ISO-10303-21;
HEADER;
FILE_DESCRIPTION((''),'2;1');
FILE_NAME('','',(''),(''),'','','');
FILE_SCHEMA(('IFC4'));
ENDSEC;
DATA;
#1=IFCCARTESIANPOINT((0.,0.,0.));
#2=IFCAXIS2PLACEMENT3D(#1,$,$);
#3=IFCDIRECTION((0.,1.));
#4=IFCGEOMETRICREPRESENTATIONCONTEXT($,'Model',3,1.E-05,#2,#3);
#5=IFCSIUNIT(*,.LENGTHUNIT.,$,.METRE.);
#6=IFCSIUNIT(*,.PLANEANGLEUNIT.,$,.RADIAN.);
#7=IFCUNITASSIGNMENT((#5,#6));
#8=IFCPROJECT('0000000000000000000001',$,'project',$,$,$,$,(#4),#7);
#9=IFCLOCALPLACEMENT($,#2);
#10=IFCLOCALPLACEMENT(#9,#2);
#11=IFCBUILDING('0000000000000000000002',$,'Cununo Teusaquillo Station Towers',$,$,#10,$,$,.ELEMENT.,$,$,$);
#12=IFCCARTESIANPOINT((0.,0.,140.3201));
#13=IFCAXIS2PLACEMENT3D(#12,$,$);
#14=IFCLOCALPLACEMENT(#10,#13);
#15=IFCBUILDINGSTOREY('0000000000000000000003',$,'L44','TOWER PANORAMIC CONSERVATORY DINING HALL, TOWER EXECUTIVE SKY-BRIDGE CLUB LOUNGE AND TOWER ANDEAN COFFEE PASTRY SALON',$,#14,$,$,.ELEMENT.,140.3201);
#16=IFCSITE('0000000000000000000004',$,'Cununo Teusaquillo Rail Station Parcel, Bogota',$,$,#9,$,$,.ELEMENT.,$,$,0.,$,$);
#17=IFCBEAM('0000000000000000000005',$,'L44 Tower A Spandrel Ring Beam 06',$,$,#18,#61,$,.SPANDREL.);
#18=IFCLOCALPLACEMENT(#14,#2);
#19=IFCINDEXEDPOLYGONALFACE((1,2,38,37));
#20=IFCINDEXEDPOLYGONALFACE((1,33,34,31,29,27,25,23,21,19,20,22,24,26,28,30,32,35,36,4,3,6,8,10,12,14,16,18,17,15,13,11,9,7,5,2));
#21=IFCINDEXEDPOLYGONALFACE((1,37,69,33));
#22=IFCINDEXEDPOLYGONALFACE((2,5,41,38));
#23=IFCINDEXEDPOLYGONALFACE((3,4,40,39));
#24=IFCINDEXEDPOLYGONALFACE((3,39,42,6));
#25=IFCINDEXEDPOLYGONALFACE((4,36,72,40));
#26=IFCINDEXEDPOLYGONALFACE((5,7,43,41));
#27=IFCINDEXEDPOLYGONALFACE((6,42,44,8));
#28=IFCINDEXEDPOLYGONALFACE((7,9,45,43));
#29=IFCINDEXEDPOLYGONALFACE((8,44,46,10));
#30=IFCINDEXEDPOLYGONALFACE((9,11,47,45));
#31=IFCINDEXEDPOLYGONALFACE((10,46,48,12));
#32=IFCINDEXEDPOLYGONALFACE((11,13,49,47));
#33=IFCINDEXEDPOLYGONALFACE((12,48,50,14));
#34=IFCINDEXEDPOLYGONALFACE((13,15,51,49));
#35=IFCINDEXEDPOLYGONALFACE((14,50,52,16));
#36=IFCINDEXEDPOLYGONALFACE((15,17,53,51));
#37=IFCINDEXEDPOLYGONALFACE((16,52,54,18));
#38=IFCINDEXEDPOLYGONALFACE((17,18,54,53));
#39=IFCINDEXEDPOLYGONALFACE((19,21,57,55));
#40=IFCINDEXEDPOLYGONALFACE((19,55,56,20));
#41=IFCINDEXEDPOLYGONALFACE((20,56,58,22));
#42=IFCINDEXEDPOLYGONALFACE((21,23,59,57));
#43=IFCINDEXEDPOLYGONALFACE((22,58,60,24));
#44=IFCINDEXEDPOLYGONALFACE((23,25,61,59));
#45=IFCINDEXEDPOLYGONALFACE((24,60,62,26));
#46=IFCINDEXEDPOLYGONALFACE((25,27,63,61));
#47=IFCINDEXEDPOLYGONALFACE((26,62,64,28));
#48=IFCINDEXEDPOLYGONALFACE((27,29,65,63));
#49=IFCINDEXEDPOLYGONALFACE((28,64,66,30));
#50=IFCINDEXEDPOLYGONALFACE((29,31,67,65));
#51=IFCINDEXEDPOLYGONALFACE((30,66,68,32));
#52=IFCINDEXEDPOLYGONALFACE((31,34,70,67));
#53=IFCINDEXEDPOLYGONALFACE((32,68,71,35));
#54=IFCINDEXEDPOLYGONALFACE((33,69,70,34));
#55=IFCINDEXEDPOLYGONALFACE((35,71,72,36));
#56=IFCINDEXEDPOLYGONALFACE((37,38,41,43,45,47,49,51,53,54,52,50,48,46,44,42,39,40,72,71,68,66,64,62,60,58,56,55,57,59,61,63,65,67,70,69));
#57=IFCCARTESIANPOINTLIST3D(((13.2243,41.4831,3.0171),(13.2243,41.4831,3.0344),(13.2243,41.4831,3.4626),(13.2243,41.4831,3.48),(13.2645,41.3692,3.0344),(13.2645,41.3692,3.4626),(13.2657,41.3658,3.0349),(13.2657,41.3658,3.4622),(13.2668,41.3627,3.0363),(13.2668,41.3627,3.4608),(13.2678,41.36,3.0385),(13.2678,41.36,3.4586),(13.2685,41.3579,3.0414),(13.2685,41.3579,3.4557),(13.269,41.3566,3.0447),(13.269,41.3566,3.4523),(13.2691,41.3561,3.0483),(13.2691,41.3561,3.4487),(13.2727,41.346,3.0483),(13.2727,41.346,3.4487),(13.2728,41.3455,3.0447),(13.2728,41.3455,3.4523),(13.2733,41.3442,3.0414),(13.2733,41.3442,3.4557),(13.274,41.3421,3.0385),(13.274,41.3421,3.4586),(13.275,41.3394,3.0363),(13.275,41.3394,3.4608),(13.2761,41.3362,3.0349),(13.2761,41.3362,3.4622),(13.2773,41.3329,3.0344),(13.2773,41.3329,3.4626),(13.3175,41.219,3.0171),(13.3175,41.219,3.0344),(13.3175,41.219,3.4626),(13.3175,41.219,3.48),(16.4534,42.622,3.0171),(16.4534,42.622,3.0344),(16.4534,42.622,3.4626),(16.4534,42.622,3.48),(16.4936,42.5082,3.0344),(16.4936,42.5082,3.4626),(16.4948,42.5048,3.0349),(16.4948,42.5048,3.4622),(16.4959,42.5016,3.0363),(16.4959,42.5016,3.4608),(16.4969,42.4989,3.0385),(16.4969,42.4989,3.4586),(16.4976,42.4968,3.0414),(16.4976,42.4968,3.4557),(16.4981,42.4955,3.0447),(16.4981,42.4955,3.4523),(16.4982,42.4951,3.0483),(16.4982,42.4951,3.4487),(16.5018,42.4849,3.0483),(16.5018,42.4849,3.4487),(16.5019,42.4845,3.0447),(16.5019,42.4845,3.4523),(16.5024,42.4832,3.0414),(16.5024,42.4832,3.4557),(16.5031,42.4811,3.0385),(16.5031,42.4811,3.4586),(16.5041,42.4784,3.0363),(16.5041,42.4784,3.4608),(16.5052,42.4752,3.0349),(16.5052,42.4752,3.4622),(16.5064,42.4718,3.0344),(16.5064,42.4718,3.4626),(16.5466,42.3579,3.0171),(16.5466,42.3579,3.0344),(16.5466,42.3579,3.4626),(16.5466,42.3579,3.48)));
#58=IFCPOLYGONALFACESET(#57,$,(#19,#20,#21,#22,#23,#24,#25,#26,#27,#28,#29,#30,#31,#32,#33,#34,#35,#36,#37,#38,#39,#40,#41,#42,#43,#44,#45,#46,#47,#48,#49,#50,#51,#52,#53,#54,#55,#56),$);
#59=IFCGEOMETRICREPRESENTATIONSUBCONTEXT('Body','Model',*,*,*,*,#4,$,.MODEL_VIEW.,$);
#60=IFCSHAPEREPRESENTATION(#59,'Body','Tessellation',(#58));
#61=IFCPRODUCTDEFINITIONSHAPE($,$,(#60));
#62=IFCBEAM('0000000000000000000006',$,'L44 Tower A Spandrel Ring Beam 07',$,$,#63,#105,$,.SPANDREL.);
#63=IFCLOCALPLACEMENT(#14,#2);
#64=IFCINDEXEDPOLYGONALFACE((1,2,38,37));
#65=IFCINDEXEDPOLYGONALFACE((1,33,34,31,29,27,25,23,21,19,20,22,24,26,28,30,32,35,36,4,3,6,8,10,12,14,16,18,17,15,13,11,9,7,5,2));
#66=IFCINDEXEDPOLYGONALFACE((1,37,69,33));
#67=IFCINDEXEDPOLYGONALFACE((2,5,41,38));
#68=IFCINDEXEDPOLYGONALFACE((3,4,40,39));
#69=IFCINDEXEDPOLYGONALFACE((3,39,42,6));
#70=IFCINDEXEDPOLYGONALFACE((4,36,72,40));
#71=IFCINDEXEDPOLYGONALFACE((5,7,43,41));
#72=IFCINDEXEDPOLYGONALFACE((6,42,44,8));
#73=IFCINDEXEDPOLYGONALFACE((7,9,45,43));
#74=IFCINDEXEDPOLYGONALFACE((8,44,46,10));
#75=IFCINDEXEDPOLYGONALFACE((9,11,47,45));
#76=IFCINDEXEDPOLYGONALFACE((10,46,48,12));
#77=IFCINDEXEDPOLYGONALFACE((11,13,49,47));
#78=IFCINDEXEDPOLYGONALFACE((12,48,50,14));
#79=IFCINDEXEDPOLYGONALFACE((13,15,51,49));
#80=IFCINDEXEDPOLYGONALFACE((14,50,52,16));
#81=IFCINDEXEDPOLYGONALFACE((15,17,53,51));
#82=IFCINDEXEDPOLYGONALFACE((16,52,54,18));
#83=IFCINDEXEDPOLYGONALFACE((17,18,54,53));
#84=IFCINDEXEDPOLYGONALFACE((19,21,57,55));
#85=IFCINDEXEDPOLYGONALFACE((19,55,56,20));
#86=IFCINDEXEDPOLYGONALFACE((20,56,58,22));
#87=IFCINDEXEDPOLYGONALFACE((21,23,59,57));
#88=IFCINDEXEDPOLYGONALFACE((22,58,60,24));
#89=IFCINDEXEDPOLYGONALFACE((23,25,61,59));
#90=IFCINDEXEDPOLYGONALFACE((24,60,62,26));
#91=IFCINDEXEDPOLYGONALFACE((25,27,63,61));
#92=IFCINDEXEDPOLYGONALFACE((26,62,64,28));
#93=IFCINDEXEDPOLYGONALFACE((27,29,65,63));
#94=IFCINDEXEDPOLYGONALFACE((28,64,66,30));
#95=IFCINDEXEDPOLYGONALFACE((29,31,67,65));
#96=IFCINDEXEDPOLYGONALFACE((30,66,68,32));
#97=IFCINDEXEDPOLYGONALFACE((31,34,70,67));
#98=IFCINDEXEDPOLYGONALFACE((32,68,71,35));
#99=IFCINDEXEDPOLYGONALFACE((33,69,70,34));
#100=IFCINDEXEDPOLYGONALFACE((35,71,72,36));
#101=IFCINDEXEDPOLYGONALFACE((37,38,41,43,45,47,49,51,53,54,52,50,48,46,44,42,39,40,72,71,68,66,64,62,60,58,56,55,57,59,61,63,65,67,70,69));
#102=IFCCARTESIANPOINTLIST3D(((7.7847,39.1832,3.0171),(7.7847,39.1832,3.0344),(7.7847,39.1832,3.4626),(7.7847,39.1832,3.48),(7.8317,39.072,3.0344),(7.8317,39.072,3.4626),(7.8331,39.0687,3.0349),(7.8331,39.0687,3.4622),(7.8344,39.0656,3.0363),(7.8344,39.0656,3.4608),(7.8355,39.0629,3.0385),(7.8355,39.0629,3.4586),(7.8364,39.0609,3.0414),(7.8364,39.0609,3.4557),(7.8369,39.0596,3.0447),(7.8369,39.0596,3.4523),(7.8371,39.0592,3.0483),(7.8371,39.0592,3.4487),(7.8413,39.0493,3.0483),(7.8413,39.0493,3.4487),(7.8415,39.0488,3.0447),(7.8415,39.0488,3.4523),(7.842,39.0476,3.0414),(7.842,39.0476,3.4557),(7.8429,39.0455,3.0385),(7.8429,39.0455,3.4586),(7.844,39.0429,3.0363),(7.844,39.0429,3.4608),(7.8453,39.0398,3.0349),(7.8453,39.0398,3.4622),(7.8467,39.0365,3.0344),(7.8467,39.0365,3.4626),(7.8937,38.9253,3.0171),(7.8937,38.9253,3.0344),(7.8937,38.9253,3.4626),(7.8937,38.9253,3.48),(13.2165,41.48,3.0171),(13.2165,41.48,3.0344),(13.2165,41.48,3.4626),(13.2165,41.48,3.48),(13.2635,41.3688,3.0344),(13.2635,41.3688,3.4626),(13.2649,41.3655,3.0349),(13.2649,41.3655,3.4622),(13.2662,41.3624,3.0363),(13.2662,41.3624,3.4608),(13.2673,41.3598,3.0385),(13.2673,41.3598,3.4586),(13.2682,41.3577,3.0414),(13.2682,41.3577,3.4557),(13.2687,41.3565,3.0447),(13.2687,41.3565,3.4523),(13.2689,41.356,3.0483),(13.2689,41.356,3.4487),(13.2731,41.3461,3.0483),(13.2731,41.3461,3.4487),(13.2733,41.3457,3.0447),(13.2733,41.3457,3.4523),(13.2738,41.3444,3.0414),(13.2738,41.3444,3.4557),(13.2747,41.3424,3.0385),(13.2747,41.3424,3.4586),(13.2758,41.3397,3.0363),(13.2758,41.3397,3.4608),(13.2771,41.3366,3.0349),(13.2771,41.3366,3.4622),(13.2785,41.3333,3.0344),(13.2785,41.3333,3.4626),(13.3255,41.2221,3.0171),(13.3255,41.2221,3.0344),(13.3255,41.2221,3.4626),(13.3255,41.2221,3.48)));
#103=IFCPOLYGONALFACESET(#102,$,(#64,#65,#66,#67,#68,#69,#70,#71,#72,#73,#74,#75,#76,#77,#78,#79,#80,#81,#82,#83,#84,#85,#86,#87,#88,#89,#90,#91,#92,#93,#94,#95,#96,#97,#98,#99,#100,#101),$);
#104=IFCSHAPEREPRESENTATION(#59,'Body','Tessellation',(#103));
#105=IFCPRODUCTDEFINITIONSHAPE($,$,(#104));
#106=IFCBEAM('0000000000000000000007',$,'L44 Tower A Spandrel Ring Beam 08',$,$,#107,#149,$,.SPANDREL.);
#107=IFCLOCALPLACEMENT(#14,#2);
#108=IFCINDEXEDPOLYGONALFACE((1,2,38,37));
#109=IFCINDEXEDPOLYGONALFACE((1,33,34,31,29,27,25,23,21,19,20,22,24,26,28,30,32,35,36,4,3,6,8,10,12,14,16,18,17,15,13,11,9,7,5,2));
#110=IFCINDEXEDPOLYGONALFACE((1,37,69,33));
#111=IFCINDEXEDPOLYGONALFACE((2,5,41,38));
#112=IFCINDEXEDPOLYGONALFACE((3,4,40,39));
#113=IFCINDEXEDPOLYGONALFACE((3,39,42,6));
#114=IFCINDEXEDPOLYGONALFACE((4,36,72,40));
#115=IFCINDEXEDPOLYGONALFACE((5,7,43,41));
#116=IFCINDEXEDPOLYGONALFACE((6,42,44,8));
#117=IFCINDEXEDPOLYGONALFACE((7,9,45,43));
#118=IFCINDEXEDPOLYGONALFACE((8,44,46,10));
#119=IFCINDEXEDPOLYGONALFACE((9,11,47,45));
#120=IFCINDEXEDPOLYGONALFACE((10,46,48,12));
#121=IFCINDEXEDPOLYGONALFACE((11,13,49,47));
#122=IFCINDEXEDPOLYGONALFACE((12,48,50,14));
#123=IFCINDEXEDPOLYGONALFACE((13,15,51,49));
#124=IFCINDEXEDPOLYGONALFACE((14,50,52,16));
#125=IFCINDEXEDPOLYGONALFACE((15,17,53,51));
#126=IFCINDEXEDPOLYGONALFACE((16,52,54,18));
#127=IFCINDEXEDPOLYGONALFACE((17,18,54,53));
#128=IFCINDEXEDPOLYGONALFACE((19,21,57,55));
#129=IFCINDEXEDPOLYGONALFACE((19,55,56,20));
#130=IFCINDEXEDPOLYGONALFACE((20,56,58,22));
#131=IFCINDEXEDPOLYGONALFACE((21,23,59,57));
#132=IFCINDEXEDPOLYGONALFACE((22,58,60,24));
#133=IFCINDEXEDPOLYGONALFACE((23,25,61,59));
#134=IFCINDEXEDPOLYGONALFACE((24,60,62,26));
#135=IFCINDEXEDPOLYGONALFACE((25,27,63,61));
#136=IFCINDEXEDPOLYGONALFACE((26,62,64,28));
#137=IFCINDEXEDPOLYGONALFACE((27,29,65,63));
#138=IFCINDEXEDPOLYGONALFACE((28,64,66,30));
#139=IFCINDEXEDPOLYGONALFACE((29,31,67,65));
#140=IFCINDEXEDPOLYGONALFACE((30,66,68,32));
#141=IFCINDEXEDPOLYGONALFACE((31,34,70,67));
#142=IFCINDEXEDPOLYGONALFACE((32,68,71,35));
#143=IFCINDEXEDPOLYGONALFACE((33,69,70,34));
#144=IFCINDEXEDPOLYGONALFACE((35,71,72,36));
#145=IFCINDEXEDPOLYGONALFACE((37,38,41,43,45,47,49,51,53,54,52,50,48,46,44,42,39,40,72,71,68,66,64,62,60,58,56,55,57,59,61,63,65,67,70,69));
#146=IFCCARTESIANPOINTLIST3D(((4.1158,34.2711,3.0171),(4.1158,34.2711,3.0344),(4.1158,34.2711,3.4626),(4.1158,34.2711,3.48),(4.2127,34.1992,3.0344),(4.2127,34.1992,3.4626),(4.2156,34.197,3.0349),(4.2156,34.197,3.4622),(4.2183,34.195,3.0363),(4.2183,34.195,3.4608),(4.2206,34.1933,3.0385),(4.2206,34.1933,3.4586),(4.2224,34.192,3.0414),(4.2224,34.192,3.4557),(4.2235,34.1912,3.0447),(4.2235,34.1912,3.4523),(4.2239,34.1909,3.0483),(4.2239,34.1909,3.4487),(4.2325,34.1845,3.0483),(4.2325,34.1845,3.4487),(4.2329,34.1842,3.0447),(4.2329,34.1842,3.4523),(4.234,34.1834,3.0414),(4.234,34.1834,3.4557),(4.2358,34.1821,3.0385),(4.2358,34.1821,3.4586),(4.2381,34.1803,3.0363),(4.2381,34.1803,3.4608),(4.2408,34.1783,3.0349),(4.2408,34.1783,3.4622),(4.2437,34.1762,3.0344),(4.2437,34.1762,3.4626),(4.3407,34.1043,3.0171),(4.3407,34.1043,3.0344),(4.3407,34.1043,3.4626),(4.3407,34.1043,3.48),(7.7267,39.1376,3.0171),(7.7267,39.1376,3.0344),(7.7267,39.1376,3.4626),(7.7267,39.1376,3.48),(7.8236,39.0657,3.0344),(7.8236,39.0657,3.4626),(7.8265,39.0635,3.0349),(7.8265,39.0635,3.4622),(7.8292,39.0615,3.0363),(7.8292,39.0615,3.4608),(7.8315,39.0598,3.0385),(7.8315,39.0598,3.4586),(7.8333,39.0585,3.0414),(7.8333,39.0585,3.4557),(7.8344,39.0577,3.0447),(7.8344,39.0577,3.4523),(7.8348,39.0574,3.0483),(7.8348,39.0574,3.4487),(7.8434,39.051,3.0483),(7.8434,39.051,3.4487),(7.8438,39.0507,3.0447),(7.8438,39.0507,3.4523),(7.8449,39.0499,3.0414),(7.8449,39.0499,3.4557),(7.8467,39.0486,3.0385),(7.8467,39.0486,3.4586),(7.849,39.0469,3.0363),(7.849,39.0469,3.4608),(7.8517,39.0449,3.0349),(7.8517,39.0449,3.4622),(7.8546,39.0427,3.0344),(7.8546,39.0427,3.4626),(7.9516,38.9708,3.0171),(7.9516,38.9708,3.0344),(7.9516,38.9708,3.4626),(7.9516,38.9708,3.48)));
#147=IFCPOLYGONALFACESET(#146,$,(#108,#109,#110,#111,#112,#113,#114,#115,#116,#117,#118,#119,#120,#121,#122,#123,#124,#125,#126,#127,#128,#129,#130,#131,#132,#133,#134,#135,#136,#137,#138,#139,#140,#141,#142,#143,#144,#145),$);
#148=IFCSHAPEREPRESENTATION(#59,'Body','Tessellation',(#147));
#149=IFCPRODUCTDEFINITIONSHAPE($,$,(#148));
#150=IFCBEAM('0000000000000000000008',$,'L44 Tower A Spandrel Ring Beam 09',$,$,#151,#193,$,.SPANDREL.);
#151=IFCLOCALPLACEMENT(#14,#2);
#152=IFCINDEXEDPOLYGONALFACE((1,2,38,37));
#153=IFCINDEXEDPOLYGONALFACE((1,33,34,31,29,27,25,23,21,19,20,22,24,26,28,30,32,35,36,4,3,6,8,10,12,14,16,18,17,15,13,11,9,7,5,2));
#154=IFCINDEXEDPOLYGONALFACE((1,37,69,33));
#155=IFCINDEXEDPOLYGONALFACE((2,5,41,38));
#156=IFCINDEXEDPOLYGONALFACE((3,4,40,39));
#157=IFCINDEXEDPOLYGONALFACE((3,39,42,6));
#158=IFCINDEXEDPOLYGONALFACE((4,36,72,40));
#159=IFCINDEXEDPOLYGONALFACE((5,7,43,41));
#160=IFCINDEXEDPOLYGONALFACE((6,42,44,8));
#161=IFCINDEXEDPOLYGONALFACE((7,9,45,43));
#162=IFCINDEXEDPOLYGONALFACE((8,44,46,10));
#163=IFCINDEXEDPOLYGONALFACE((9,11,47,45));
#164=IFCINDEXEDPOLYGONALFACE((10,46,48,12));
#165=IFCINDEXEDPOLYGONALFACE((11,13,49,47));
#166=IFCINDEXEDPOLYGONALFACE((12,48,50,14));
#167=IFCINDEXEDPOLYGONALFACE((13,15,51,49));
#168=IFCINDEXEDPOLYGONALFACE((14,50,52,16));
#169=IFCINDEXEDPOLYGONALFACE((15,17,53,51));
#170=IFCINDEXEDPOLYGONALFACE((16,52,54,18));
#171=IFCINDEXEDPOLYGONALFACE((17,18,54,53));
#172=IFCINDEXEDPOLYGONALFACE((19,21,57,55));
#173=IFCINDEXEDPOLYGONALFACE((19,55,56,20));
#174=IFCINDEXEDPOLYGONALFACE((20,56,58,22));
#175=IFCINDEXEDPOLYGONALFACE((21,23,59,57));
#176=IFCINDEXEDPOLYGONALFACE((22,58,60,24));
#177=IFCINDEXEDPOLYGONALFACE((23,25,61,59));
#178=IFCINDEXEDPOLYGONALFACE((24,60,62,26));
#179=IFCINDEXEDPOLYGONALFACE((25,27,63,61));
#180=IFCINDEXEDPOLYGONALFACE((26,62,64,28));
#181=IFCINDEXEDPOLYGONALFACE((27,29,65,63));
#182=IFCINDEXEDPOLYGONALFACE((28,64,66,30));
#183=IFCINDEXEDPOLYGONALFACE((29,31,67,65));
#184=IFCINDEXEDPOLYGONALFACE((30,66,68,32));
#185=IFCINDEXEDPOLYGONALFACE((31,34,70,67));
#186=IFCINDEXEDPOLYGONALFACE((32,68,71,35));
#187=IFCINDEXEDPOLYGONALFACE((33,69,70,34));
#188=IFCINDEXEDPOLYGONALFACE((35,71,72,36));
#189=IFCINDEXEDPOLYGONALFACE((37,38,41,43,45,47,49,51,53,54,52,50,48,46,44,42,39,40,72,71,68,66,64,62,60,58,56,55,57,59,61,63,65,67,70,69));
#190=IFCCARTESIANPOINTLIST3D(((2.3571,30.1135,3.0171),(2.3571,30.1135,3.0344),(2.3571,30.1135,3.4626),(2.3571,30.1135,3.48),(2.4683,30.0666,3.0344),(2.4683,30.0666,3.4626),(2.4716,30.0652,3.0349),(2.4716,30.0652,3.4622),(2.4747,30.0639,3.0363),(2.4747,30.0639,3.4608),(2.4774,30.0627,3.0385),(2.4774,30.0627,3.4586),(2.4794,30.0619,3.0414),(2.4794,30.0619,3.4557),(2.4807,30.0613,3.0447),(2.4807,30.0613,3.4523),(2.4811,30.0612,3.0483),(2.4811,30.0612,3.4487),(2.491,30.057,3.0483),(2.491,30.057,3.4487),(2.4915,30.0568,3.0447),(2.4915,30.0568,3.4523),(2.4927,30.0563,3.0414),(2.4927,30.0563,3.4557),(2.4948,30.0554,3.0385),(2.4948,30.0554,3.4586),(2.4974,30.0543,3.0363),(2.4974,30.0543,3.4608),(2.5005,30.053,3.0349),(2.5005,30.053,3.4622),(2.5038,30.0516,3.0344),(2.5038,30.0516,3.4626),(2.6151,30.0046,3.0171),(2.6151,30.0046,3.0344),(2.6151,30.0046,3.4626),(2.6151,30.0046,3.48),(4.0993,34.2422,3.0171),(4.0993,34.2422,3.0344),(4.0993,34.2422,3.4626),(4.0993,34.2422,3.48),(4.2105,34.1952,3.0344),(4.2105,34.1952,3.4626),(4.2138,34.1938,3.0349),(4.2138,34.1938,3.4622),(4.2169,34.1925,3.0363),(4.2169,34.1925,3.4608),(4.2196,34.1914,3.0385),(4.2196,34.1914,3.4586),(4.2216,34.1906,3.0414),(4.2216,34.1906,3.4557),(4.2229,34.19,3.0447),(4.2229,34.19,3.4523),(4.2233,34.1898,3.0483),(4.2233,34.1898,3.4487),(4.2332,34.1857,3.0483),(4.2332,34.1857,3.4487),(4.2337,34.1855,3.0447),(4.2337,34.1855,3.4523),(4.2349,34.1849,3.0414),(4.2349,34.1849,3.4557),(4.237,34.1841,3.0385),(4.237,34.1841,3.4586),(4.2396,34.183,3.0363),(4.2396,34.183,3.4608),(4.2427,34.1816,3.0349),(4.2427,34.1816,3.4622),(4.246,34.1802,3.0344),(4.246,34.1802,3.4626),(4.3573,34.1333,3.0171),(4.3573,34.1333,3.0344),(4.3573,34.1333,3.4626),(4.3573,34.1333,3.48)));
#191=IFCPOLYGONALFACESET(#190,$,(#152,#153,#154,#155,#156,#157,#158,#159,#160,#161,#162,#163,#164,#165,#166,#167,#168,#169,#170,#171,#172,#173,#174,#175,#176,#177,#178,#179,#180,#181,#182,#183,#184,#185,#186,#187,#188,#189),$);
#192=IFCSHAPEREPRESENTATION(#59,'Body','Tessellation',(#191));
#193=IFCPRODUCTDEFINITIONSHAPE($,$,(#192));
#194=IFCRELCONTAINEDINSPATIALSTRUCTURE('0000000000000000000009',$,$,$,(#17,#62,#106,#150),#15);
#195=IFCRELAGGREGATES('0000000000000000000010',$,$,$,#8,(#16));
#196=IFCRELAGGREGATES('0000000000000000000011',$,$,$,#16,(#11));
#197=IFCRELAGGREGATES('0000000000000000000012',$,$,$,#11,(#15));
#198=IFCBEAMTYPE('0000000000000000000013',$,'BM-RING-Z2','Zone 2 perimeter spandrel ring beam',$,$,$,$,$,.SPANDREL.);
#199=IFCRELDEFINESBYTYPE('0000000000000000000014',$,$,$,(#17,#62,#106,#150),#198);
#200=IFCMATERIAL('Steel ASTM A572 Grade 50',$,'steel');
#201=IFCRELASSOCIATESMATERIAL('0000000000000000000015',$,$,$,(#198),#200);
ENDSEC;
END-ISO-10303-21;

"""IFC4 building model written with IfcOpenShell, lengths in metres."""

from ifc_helpers import new_model, si_unit, direction, frame, origin, origin_2d, place, context, subcontext, project, spatial, i_section, extrude, material, material_profile, profile_set, type_object, element, save


model = new_model("IFC4")

# Units and contexts
model_context = context("Model", 3, precision=1e-05, world=origin(), true_north=direction((0.0, 1.0)))
body_context = subcontext(model_context, "Body", "Model", "MODEL_VIEW")
ifc_project = project(units=[si_unit("LENGTHUNIT", "METRE"), si_unit("PLANEANGLEUNIT", "RADIAN")], contexts=[model_context])

# Site, building, storey
site_placement = place(None, origin())
site = spatial("IfcSite", under=ifc_project, at=site_placement, Name="Cununo Teusaquillo Rail Station Parcel, Bogota", CompositionType="ELEMENT", RefElevation=0.0)
building_placement = place(site_placement, origin())
building = spatial("IfcBuilding", under=site, at=building_placement, Name="Cununo Teusaquillo Station Towers", CompositionType="ELEMENT")
storey_placement = place(building_placement, frame((0.0, 0.0, 140.3201)))
storey = spatial("IfcBuildingStorey", under=building, at=storey_placement, Name="L44", Description="TOWER PANORAMIC CONSERVATORY DINING HALL, TOWER EXECUTIVE SKY-BRIDGE CLUB LOUNGE AND TOWER ANDEAN COFFEE PASTRY SALON", CompositionType="ELEMENT", Elevation=140.3201)

# Beams
ifc_material_1 = material(Name="Steel ASTM A572 Grade 50", Category="steel")
ifc_material_profile_1 = material_profile(ifc_material_1, i_section(OverallWidth=0.28, OverallDepth=0.4629, WebThickness=0.0107, FlangeThickness=0.0173, FilletRadius=0.0139, at=origin_2d()), Name="W18X76")
ifc_profile_set_1 = profile_set([ifc_material_profile_1], Name="Steel ASTM A572 Grade 50")
beam_type_1 = type_object("IfcBeamType", Name="BM-RING-Z2", Description="Zone 2 perimeter spandrel ring beam", PredefinedType="SPANDREL", material=ifc_profile_set_1)
for number, where, z_axis, x_axis, name in (
    (1, (16.5, 42.49, 3.2485), (-0.943057, -0.33263, 0.0), (0.33263, -0.943057, 0.0), "L44 Tower A Spandrel Ring Beam 06"),
):
    element("IfcBeam", number, at=place(storey_placement, frame(where, z_axis=z_axis, x_axis=x_axis)), inside=storey, type_object=beam_type_1, Name=name, PredefinedType="SPANDREL", context=body_context, shape_type="SweptSolid", body=[
        extrude(i_section(OverallWidth=0.28, OverallDepth=0.4629, WebThickness=0.0107, FlangeThickness=0.0173, FilletRadius=0.0139, at=origin_2d()), origin(), (0.0, 0.0, 1.0), 3.4241),
    ])
beam_1_placement = place(storey_placement, frame((13.271, 41.3511, 3.2485), z_axis=(-0.921042, -0.389463, 0.0), x_axis=(0.389463, -0.921042, 0.0)))
element("IfcBeam", 2, at=beam_1_placement, inside=storey, type_object=beam_type_1, Name="L44 Tower A Spandrel Ring Beam 07", PredefinedType="SPANDREL", context=body_context, shape_type="SweptSolid", body=[
    extrude(i_section(OverallWidth=0.28, OverallDepth=0.4629, WebThickness=0.0107, FlangeThickness=0.0173, FilletRadius=0.0139, at=origin_2d()), origin(), (0.0, 0.0, 1.0), 5.8975),
])
beam_2_placement = place(storey_placement, frame((7.8391, 39.0542, 3.2485), z_axis=(-0.595873, -0.803079, 0.0), x_axis=(0.803079, -0.595873, 0.0)))
element("IfcBeam", 3, at=beam_2_placement, inside=storey, type_object=beam_type_1, Name="L44 Tower A Spandrel Ring Beam 08", PredefinedType="SPANDREL", context=body_context, shape_type="SweptSolid", body=[
    extrude(i_section(OverallWidth=0.28, OverallDepth=0.4629, WebThickness=0.0107, FlangeThickness=0.0173, FilletRadius=0.0139, at=origin_2d()), origin(), (0.0, 0.0, 1.0), 6.0598),
])
beam_3_placement = place(storey_placement, frame((4.2283, 34.1877, 3.2485), z_axis=(-0.388778, -0.921332, 0.0), x_axis=(0.921332, -0.388778, 0.0)))
element("IfcBeam", 4, at=beam_3_placement, inside=storey, type_object=beam_type_1, Name="L44 Tower A Spandrel Ring Beam 09", PredefinedType="SPANDREL", context=body_context, shape_type="SweptSolid", body=[
    extrude(i_section(OverallWidth=0.28, OverallDepth=0.4629, WebThickness=0.0107, FlangeThickness=0.0173, FilletRadius=0.0139, at=origin_2d()), origin(), (0.0, 0.0, 1.0), 4.4812),
])

save(model, "model.ifc")
